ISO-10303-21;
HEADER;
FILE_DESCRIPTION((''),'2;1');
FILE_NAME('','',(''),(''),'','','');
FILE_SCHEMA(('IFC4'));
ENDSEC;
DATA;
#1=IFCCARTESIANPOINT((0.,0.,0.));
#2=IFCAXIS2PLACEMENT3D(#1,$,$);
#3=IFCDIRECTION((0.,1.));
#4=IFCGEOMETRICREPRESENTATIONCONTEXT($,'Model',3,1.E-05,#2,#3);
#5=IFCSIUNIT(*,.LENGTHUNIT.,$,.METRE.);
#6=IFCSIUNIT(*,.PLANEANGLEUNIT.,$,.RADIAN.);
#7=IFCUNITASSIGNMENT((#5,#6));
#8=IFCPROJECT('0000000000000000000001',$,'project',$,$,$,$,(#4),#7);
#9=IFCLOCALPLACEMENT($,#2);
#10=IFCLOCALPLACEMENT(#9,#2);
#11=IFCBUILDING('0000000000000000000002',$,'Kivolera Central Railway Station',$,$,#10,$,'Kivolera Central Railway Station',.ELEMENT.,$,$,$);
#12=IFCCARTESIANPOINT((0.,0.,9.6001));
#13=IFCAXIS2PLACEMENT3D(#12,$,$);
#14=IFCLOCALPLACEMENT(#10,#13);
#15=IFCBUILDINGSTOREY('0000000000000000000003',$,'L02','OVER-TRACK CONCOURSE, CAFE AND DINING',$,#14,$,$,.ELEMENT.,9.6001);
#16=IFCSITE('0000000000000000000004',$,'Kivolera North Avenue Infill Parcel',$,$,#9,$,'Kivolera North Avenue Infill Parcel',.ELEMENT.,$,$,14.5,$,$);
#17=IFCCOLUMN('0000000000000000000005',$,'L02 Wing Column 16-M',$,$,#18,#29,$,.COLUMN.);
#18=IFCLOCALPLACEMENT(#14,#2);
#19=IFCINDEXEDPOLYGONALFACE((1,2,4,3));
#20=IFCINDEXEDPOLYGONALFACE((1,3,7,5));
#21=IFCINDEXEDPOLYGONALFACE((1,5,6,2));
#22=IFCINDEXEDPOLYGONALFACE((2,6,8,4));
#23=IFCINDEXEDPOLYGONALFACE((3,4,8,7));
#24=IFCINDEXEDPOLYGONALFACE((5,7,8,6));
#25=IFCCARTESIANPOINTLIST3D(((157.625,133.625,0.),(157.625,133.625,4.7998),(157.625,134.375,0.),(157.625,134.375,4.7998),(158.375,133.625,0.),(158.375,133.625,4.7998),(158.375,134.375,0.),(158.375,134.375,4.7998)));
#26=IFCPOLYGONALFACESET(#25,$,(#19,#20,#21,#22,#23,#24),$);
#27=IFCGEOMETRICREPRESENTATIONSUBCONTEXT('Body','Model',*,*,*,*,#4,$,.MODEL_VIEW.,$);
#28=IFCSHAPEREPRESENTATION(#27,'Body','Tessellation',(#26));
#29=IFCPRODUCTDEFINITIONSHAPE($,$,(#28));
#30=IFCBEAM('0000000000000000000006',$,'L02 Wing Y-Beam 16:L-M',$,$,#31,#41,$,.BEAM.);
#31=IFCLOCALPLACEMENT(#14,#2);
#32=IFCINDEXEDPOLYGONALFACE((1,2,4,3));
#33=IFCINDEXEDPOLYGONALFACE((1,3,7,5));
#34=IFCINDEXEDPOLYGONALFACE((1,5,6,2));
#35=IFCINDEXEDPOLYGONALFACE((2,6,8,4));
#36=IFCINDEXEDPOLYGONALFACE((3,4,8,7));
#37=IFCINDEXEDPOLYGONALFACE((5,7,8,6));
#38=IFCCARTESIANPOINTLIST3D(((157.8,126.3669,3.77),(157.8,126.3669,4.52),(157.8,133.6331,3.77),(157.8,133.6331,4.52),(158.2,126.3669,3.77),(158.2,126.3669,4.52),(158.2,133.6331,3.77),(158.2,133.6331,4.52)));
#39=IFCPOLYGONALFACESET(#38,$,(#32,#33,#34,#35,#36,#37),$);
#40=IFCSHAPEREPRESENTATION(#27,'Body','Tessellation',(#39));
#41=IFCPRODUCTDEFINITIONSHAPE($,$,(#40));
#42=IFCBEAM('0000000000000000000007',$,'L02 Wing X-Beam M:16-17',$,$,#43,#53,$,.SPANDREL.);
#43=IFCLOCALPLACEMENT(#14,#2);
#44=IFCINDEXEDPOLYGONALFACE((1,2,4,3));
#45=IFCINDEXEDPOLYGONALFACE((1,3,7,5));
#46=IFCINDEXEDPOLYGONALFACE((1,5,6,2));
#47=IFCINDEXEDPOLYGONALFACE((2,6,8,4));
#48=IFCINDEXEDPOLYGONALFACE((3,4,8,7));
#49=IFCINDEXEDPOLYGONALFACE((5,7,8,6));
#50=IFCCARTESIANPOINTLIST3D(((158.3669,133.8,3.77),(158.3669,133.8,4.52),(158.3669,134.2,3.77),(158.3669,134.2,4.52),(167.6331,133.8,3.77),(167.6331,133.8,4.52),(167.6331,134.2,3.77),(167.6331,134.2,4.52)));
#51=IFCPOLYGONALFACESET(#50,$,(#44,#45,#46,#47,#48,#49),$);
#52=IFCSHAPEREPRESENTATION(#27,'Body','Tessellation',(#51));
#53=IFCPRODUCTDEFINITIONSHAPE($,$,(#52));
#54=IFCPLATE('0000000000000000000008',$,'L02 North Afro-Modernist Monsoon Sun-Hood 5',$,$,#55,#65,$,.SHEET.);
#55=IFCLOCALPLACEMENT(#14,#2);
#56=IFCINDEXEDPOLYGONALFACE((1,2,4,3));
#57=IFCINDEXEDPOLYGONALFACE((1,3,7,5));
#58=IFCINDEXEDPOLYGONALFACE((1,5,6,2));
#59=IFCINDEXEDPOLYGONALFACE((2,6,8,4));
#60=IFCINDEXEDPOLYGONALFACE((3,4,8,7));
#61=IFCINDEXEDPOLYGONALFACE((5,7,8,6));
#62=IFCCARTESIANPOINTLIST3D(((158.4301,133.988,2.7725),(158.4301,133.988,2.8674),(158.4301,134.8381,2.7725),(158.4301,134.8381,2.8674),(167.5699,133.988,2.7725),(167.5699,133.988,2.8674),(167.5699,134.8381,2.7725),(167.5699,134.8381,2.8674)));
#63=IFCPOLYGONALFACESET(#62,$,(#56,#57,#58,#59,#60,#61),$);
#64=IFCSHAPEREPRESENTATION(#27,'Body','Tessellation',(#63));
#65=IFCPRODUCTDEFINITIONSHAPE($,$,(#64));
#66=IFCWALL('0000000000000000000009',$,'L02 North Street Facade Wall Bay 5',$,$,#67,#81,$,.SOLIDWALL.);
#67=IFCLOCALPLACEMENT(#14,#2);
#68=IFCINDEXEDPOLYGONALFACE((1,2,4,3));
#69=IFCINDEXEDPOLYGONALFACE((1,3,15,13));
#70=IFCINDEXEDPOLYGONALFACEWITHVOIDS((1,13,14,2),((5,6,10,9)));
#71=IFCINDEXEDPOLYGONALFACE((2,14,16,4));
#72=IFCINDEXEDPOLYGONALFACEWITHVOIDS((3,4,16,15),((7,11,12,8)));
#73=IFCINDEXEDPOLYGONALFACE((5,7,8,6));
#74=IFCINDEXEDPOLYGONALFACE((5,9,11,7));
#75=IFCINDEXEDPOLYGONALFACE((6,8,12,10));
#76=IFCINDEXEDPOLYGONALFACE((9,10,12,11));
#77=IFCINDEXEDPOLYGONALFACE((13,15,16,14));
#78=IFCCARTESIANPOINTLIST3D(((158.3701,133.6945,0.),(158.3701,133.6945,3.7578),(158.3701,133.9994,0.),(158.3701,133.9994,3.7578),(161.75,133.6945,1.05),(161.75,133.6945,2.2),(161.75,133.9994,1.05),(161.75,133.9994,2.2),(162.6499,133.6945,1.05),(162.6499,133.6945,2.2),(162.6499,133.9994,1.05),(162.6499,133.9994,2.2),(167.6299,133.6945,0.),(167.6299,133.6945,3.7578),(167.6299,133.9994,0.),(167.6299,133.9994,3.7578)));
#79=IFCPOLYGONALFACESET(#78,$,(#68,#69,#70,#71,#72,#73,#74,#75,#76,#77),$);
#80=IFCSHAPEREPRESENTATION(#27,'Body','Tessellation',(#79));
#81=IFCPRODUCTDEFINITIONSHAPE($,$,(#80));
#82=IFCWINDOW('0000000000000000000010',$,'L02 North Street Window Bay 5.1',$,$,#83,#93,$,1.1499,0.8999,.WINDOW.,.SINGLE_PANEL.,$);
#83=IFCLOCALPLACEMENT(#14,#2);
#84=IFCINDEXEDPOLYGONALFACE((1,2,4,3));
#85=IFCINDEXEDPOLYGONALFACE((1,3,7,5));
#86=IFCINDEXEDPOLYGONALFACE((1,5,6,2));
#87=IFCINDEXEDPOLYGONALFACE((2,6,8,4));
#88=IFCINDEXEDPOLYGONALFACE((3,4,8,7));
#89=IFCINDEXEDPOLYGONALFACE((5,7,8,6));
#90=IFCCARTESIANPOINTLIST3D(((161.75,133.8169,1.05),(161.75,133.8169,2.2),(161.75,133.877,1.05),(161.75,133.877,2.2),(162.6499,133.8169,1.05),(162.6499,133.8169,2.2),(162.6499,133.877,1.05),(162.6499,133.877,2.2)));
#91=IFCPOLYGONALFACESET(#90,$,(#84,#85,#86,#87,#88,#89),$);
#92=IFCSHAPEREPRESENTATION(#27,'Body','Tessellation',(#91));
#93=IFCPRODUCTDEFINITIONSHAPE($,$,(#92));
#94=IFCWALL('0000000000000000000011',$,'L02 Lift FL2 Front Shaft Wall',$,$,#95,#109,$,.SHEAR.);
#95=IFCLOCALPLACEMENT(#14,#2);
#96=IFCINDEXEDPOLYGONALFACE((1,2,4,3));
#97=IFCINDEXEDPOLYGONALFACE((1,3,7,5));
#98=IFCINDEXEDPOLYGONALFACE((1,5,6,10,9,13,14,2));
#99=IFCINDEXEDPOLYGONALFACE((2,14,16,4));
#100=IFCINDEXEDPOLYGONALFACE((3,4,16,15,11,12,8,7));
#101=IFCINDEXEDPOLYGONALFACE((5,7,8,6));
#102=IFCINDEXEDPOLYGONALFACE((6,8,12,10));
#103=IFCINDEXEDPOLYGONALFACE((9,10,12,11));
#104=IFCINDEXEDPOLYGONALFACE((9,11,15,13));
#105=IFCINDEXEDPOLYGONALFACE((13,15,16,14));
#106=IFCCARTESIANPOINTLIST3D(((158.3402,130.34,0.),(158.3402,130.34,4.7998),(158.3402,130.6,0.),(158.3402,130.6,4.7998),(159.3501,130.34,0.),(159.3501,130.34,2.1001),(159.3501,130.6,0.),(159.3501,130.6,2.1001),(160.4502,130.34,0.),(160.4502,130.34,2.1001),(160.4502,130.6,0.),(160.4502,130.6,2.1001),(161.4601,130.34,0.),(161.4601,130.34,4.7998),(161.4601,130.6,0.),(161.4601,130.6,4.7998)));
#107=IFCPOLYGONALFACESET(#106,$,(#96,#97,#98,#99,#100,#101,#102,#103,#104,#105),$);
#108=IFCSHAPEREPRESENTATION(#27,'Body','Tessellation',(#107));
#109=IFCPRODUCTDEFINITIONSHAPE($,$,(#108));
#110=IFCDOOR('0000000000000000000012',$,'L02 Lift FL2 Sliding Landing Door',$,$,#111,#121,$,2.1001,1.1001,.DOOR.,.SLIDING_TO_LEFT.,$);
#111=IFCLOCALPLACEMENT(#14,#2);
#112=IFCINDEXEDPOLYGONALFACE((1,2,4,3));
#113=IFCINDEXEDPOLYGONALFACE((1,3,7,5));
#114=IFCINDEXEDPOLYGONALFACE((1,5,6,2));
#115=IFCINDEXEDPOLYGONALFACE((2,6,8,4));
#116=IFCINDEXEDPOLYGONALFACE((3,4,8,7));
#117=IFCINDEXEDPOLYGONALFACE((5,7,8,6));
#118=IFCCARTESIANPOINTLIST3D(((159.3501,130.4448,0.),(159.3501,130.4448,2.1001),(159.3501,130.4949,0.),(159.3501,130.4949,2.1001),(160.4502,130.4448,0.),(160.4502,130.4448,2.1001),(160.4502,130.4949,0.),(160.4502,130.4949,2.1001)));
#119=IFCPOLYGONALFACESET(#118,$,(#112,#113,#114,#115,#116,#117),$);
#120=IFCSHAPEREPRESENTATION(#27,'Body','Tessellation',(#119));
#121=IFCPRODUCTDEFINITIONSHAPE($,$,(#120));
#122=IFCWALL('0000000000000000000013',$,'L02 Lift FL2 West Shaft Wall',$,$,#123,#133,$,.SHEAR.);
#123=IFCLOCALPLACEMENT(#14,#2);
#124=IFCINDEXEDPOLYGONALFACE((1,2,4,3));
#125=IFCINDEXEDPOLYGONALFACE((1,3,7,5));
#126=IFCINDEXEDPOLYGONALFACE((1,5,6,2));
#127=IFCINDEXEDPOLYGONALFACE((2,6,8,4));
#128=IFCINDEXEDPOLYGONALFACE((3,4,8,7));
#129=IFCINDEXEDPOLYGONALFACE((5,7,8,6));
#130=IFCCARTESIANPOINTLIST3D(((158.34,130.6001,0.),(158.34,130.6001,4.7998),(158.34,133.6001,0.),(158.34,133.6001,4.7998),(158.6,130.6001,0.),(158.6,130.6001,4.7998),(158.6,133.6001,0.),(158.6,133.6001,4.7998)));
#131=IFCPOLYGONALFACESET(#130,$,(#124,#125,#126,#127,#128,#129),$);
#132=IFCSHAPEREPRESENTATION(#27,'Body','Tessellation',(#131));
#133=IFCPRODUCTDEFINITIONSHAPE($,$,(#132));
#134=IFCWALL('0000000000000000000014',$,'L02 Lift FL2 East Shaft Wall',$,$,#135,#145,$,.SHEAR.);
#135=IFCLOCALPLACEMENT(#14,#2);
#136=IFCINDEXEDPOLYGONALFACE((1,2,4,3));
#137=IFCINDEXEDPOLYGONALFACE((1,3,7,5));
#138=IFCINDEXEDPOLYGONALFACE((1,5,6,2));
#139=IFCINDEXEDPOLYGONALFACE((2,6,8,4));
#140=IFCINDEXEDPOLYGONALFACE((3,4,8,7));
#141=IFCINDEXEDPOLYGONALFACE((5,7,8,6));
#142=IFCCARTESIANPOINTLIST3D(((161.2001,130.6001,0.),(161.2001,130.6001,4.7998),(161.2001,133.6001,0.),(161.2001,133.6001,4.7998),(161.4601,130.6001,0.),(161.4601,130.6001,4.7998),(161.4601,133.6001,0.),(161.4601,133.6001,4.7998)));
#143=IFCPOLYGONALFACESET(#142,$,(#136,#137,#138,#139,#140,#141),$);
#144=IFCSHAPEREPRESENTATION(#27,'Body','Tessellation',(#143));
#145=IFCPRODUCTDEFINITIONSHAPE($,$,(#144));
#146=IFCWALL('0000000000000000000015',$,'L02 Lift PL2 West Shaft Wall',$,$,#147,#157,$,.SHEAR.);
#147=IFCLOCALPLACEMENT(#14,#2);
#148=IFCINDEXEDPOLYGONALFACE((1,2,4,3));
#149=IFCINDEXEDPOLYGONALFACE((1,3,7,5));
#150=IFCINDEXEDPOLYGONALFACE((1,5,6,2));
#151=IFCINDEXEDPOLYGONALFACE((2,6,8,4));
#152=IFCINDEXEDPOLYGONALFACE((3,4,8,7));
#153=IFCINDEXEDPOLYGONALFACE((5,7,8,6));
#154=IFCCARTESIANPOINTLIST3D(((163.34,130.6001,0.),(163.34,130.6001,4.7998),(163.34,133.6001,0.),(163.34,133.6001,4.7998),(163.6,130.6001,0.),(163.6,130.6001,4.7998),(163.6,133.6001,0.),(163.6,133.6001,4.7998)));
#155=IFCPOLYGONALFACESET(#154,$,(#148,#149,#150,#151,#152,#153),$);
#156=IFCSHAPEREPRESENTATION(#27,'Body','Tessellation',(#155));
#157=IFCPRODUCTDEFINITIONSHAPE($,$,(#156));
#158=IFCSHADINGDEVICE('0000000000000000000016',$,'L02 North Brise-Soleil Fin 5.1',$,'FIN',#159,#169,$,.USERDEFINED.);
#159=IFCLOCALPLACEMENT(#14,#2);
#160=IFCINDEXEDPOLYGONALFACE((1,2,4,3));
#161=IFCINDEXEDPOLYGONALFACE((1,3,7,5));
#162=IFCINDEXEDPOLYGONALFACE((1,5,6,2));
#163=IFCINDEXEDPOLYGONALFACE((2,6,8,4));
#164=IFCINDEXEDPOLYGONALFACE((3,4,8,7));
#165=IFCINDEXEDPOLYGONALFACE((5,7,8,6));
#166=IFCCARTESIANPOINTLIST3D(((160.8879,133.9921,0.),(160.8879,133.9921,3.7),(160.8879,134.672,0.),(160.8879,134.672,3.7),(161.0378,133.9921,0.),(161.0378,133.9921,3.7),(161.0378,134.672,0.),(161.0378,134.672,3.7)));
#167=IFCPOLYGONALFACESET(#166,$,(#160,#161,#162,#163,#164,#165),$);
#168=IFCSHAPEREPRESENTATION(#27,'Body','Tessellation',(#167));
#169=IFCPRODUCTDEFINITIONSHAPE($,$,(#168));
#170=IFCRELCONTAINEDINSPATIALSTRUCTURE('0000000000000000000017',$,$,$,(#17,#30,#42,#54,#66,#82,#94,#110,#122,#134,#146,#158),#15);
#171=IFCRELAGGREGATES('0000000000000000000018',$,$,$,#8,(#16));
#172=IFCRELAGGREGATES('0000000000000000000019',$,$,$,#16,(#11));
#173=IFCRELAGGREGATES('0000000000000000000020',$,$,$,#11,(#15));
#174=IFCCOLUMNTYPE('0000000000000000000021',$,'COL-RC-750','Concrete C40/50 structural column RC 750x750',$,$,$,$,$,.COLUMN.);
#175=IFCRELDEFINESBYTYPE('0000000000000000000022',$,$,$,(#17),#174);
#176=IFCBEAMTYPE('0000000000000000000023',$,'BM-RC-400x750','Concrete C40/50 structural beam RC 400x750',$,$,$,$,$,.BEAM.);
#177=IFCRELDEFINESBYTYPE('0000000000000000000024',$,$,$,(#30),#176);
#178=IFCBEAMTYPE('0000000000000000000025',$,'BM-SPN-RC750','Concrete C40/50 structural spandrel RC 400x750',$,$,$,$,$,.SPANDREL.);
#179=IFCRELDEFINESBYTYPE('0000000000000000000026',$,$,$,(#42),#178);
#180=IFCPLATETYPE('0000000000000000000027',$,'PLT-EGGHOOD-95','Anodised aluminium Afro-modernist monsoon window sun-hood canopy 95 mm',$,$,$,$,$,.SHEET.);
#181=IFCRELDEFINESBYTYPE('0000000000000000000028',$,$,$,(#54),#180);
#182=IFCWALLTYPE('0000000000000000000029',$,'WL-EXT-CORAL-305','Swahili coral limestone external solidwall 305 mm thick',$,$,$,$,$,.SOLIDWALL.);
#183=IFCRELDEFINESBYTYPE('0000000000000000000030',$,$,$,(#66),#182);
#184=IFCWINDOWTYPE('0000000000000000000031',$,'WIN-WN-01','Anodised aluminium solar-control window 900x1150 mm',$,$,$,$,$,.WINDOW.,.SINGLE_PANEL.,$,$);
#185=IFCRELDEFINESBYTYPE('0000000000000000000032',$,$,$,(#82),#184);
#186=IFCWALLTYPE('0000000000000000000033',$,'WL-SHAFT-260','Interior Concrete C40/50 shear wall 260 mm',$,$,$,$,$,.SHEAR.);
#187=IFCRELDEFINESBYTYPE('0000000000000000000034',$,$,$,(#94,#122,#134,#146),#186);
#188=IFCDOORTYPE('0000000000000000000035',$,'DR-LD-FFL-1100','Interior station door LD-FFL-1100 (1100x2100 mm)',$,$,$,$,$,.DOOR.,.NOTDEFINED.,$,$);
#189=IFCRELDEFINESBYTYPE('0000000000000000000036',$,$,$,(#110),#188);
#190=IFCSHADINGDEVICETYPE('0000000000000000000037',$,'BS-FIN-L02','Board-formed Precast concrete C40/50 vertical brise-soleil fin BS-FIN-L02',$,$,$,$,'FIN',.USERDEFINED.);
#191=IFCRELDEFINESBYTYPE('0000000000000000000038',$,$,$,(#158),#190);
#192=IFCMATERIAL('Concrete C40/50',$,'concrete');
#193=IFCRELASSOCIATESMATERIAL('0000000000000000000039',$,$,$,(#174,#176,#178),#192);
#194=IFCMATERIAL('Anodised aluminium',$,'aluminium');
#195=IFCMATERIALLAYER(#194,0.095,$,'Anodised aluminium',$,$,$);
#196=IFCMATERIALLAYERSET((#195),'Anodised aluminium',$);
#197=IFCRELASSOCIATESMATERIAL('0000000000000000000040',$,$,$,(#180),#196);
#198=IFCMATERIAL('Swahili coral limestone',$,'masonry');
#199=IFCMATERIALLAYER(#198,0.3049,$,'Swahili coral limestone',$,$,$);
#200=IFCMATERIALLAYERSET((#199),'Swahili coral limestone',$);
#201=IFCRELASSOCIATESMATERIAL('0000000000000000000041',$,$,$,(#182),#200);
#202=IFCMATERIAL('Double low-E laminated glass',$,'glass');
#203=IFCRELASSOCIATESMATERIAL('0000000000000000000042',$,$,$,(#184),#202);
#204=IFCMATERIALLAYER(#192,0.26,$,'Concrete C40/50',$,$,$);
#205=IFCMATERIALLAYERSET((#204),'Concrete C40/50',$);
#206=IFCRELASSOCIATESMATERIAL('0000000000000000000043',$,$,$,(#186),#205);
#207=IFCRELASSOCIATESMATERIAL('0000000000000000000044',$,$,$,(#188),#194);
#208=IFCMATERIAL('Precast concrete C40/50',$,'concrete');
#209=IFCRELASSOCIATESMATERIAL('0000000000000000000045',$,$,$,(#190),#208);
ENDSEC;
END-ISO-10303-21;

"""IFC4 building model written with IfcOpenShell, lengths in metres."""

from ifc_helpers import new_model, si_unit, direction, frame, frame_2d, origin, origin_2d, place, context, subcontext, project, spatial, rectangle, extrude, material, layer, layer_set, material_profile, profile_set, type_object, element, fill, save


model = new_model("IFC4")

# Units and contexts
model_context = context("Model", 3, precision=1e-05, world=origin(), true_north=direction((0.0, 1.0)))
body_context = subcontext(model_context, "Body", "Model", "MODEL_VIEW")
ifc_project = project(units=[si_unit("LENGTHUNIT", "METRE"), si_unit("PLANEANGLEUNIT", "RADIAN")], contexts=[model_context])

# Site, building, storey
site_placement = place(None, origin())
site = spatial("IfcSite", under=ifc_project, at=site_placement, Name="Kivolera North Avenue Infill Parcel", LongName="Kivolera North Avenue Infill Parcel", CompositionType="ELEMENT", RefElevation=14.5)
building_placement = place(site_placement, origin())
building = spatial("IfcBuilding", under=site, at=building_placement, Name="Kivolera Central Railway Station", LongName="Kivolera Central Railway Station", CompositionType="ELEMENT")
storey_placement = place(building_placement, frame((0.0, 0.0, 9.6001)))
storey = spatial("IfcBuildingStorey", under=building, at=storey_placement, Name="L02", Description="OVER-TRACK CONCOURSE, CAFE AND DINING", CompositionType="ELEMENT", Elevation=9.6001)

# Column
ifc_material_1 = material(Name="Concrete C40/50", Category="concrete")
ifc_material_profile_1 = material_profile(ifc_material_1, rectangle(XDim=0.75, YDim=0.75, at=origin_2d()), Name="RC 750x750")
ifc_profile_set_1 = profile_set([ifc_material_profile_1], Name="Concrete C40/50")
column_type = type_object("IfcColumnType", Name="COL-RC-750", Description="Concrete C40/50 structural column RC 750x750", PredefinedType="COLUMN", material=ifc_profile_set_1)
column_placement = place(storey_placement, frame((158.0, 134.0, 0.0), z_axis=(0.0, 0.0, 1.0), x_axis=(1.0, 0.0, 0.0)))
element("IfcColumn", 1, at=column_placement, inside=storey, type_object=column_type, Name="L02 Wing Column 16-M", PredefinedType="COLUMN", context=body_context, shape_type="SweptSolid", body=[
    extrude(rectangle(XDim=0.75, YDim=0.75, at=origin_2d()), origin(), (0.0, 0.0, 1.0), 4.7998),
])

# Beams
ifc_material_profile_2 = material_profile(ifc_material_1, rectangle(XDim=0.3999, YDim=0.75, at=origin_2d()), Name="RC 400x750")
ifc_profile_set_2 = profile_set([ifc_material_profile_2], Name="Concrete C40/50")
beam_type_1 = type_object("IfcBeamType", Name="BM-RC-400x750", Description="Concrete C40/50 structural beam RC 400x750", PredefinedType="BEAM", material=ifc_profile_set_2)
beam_1_placement = place(storey_placement, frame((158.0, 126.3669, 4.145), z_axis=(0.0, 1.0, 0.0), x_axis=(-1.0, 0.0, 0.0)))
element("IfcBeam", 2, at=beam_1_placement, inside=storey, type_object=beam_type_1, Name="L02 Wing Y-Beam 16:L-M", PredefinedType="BEAM", context=body_context, shape_type="SweptSolid", body=[
    extrude(rectangle(XDim=0.3999, YDim=0.75, at=origin_2d()), origin(), (0.0, 0.0, 1.0), 7.2661),
])
ifc_material_profile_3 = material_profile(ifc_material_1, rectangle(XDim=0.3999, YDim=0.75, at=origin_2d()), Name="RC 400x750")
ifc_profile_set_3 = profile_set([ifc_material_profile_3], Name="Concrete C40/50")
beam_type_2 = type_object("IfcBeamType", Name="BM-SPN-RC750", Description="Concrete C40/50 structural spandrel RC 400x750", PredefinedType="SPANDREL", material=ifc_profile_set_3)
beam_2_placement = place(storey_placement, frame((158.3669, 134.0, 4.145), z_axis=(1.0, 0.0, 0.0), x_axis=(0.0, 1.0, 0.0)))
element("IfcBeam", 3, at=beam_2_placement, inside=storey, type_object=beam_type_2, Name="L02 Wing X-Beam M:16-17", PredefinedType="SPANDREL", context=body_context, shape_type="SweptSolid", body=[
    extrude(rectangle(XDim=0.3999, YDim=0.75, at=origin_2d()), origin(), (0.0, 0.0, 1.0), 9.2661),
])

# Plate
ifc_material_2 = material(Name="Anodised aluminium", Category="aluminium")
ifc_layer_1 = layer(ifc_material_2, 0.095, Name="Anodised aluminium")
ifc_layer_set_1 = layer_set([ifc_layer_1], Name="Anodised aluminium")
plate_type = type_object("IfcPlateType", Name="PLT-EGGHOOD-95", Description="Anodised aluminium Afro-modernist monsoon window sun-hood canopy 95 mm", PredefinedType="SHEET", material=ifc_layer_set_1)
plate_placement = place(storey_placement, frame((163.0, 134.4131, 2.7725), z_axis=(0.0, 0.0, 1.0), x_axis=(1.0, 0.0, 0.0)))
element("IfcPlate", 4, at=plate_placement, inside=storey, type_object=plate_type, Name="L02 North Afro-Modernist Monsoon Sun-Hood 5", PredefinedType="SHEET", context=body_context, shape_type="SweptSolid", body=[
    extrude(rectangle(XDim=9.1399, YDim=0.8501, at=origin_2d()), origin(), (0.0, 0.0, 1.0), 0.095),
])

# Wall, opening, window
ifc_material_3 = material(Name="Swahili coral limestone", Category="masonry")
ifc_layer_2 = layer(ifc_material_3, 0.3049, Name="Swahili coral limestone")
ifc_layer_set_2 = layer_set([ifc_layer_2], Name="Swahili coral limestone")
wall_type_1 = type_object("IfcWallType", Name="WL-EXT-CORAL-305", Description="Swahili coral limestone external solidwall 305 mm thick", PredefinedType="SOLIDWALL", material=ifc_layer_set_2)
wall_1_placement = place(storey_placement, frame((158.3701, 133.8469, 0.0), z_axis=(0.0, 0.0, 1.0), x_axis=(1.0, 0.0, 0.0)))
wall_1 = element("IfcWall", 5, at=wall_1_placement, inside=storey, type_object=wall_type_1, Name="L02 North Street Facade Wall Bay 5", PredefinedType="SOLIDWALL", context=body_context, shape_type="SweptSolid", body=[
    extrude(rectangle(XDim=9.2598, YDim=0.3049, at=frame_2d((4.6299, 0.0))), origin(), (0.0, 0.0, 1.0), 3.7578),
])
opening_1_placement = place(wall_1_placement, frame((3.3799, 0.0, 1.05)))
opening_1 = element("IfcOpeningElement", 6, at=opening_1_placement, cuts=wall_1, PredefinedType="OPENING", context=body_context, shape_type="SweptSolid", body=[
    extrude(rectangle(XDim=0.8999, YDim=1.1499, at=frame_2d((0.45, 0.575))), frame((0.0, 0.1624, 0.0), z_axis=(0.0, -1.0, 0.0), x_axis=(1.0, 0.0, 0.0)), (0.0, 0.0, 1.0), 0.325),
])
ifc_material_4 = material(Name="Double low-E laminated glass", Category="glass")
window_type = type_object("IfcWindowType", Name="WIN-WN-01", Description="Anodised aluminium solar-control window 900x1150 mm", PartitioningType="SINGLE_PANEL", PredefinedType="WINDOW", material=ifc_material_4)
window_placement = place(opening_1_placement, origin())
window = element("IfcWindow", 7, at=window_placement, inside=storey, type_object=window_type, Name="L02 North Street Window Bay 5.1", OverallHeight=1.1499, OverallWidth=0.8999, PartitioningType="SINGLE_PANEL", PredefinedType="WINDOW", context=body_context, shape_type="SweptSolid", body=[
    extrude(rectangle(XDim=0.8999, YDim=1.1499, at=frame_2d((0.45, 0.575))), frame((0.0, 0.03, 0.0), z_axis=(0.0, -1.0, 0.0), x_axis=(1.0, 0.0, 0.0)), (0.0, 0.0, 1.0), 0.0601),
])
fill(opening_1, window)

# Wall, opening, door
ifc_layer_3 = layer(ifc_material_1, 0.26, Name="Concrete C40/50")
ifc_layer_set_3 = layer_set([ifc_layer_3], Name="Concrete C40/50")
wall_type_2 = type_object("IfcWallType", Name="WL-SHAFT-260", Description="Interior Concrete C40/50 shear wall 260 mm", PredefinedType="SHEAR", material=ifc_layer_set_3)
wall_2_placement = place(storey_placement, frame((158.3401, 130.47, 0.0), z_axis=(0.0, 0.0, 1.0), x_axis=(1.0, 0.0, 0.0)))
wall_2 = element("IfcWall", 8, at=wall_2_placement, inside=storey, type_object=wall_type_2, Name="L02 Lift FL2 Front Shaft Wall", PredefinedType="SHEAR", context=body_context, shape_type="SweptSolid", body=[
    extrude(rectangle(XDim=3.1199, YDim=0.26, at=frame_2d((1.5601, 0.0))), origin(), (0.0, 0.0, 1.0), 4.7998),
])
opening_2_placement = place(wall_2_placement, frame((1.01, 0.0, 0.0)))
opening_2 = element("IfcOpeningElement", 9, at=opening_2_placement, cuts=wall_2, PredefinedType="OPENING", context=body_context, shape_type="SweptSolid", body=[
    extrude(rectangle(XDim=1.1001, YDim=2.1001, at=frame_2d((0.55, 1.05))), frame((0.0, 0.1399, 0.0), z_axis=(0.0, -1.0, 0.0), x_axis=(1.0, 0.0, 0.0)), (0.0, 0.0, 1.0), 0.28),
])
door_type_1 = type_object("IfcDoorType", Name="DR-LD-FFL-1100", Description="Interior station door LD-FFL-1100 (1100x2100 mm)", OperationType="NOTDEFINED", PredefinedType="DOOR", material=ifc_material_2)
door_1_placement = place(opening_2_placement, origin())
door_1 = element("IfcDoor", 10, at=door_1_placement, inside=storey, type_object=door_type_1, Name="L02 Lift FL2 Sliding Landing Door", OperationType="SLIDING_TO_LEFT", OverallHeight=2.1001, OverallWidth=1.1001, PredefinedType="DOOR", context=body_context, shape_type="SweptSolid", body=[
    extrude(rectangle(XDim=1.1001, YDim=2.1001, at=frame_2d((0.55, 1.05))), frame((0.0, 0.0249, 0.0), z_axis=(0.0, -1.0, 0.0), x_axis=(1.0, 0.0, 0.0)), (0.0, 0.0, 1.0), 0.05),
])
fill(opening_2, door_1)

# Walls
for number, where, z_axis, x_axis, name in (
    (11, (158.47, 130.6001, 0.0), (0.0, 0.0, 1.0), (0.0, 1.0, 0.0), "L02 Lift FL2 West Shaft Wall"),
    (12, (161.3301, 130.6001, 0.0), (0.0, 0.0, 1.0), (0.0, 1.0, 0.0), "L02 Lift FL2 East Shaft Wall"),
):
    element("IfcWall", number, at=place(storey_placement, frame(where, z_axis=z_axis, x_axis=x_axis)), inside=storey, type_object=wall_type_2, Name=name, PredefinedType="SHEAR", context=body_context, shape_type="SweptSolid", body=[
        extrude(rectangle(XDim=3.0, YDim=0.26, at=frame_2d((1.5, 0.0))), origin(), (0.0, 0.0, 1.0), 4.7998),
    ])

# Wall
wall_3_placement = place(storey_placement, frame((163.47, 130.6001, 0.0), z_axis=(0.0, 0.0, 1.0), x_axis=(0.0, 1.0, 0.0)))
element("IfcWall", 13, at=wall_3_placement, inside=storey, type_object=wall_type_2, Name="L02 Lift PL2 West Shaft Wall", PredefinedType="SHEAR", context=body_context, shape_type="SweptSolid", body=[
    extrude(rectangle(XDim=3.0, YDim=0.26, at=frame_2d((1.5, 0.0))), origin(), (0.0, 0.0, 1.0), 4.7998),
])

# Shading device
ifc_material_5 = material(Name="Precast concrete C40/50", Category="concrete")
shading_device_type = type_object("IfcShadingDeviceType", Name="BS-FIN-L02", Description="Board-formed Precast concrete C40/50 vertical brise-soleil fin BS-FIN-L02", ElementType="FIN", PredefinedType="USERDEFINED", material=ifc_material_5)
shading_device_placement = place(storey_placement, frame((160.9629, 134.332, 0.0), z_axis=(0.0, 0.0, 1.0), x_axis=(1.0, 0.0, 0.0)))
element("IfcShadingDevice", 14, at=shading_device_placement, inside=storey, type_object=shading_device_type, Name="L02 North Brise-Soleil Fin 5.1", ObjectType="FIN", PredefinedType="USERDEFINED", context=body_context, shape_type="SweptSolid", body=[
    extrude(rectangle(XDim=0.1499, YDim=0.6799, at=origin_2d()), origin(), (0.0, 0.0, 1.0), 3.7),
])

save(model, "model.ifc")
